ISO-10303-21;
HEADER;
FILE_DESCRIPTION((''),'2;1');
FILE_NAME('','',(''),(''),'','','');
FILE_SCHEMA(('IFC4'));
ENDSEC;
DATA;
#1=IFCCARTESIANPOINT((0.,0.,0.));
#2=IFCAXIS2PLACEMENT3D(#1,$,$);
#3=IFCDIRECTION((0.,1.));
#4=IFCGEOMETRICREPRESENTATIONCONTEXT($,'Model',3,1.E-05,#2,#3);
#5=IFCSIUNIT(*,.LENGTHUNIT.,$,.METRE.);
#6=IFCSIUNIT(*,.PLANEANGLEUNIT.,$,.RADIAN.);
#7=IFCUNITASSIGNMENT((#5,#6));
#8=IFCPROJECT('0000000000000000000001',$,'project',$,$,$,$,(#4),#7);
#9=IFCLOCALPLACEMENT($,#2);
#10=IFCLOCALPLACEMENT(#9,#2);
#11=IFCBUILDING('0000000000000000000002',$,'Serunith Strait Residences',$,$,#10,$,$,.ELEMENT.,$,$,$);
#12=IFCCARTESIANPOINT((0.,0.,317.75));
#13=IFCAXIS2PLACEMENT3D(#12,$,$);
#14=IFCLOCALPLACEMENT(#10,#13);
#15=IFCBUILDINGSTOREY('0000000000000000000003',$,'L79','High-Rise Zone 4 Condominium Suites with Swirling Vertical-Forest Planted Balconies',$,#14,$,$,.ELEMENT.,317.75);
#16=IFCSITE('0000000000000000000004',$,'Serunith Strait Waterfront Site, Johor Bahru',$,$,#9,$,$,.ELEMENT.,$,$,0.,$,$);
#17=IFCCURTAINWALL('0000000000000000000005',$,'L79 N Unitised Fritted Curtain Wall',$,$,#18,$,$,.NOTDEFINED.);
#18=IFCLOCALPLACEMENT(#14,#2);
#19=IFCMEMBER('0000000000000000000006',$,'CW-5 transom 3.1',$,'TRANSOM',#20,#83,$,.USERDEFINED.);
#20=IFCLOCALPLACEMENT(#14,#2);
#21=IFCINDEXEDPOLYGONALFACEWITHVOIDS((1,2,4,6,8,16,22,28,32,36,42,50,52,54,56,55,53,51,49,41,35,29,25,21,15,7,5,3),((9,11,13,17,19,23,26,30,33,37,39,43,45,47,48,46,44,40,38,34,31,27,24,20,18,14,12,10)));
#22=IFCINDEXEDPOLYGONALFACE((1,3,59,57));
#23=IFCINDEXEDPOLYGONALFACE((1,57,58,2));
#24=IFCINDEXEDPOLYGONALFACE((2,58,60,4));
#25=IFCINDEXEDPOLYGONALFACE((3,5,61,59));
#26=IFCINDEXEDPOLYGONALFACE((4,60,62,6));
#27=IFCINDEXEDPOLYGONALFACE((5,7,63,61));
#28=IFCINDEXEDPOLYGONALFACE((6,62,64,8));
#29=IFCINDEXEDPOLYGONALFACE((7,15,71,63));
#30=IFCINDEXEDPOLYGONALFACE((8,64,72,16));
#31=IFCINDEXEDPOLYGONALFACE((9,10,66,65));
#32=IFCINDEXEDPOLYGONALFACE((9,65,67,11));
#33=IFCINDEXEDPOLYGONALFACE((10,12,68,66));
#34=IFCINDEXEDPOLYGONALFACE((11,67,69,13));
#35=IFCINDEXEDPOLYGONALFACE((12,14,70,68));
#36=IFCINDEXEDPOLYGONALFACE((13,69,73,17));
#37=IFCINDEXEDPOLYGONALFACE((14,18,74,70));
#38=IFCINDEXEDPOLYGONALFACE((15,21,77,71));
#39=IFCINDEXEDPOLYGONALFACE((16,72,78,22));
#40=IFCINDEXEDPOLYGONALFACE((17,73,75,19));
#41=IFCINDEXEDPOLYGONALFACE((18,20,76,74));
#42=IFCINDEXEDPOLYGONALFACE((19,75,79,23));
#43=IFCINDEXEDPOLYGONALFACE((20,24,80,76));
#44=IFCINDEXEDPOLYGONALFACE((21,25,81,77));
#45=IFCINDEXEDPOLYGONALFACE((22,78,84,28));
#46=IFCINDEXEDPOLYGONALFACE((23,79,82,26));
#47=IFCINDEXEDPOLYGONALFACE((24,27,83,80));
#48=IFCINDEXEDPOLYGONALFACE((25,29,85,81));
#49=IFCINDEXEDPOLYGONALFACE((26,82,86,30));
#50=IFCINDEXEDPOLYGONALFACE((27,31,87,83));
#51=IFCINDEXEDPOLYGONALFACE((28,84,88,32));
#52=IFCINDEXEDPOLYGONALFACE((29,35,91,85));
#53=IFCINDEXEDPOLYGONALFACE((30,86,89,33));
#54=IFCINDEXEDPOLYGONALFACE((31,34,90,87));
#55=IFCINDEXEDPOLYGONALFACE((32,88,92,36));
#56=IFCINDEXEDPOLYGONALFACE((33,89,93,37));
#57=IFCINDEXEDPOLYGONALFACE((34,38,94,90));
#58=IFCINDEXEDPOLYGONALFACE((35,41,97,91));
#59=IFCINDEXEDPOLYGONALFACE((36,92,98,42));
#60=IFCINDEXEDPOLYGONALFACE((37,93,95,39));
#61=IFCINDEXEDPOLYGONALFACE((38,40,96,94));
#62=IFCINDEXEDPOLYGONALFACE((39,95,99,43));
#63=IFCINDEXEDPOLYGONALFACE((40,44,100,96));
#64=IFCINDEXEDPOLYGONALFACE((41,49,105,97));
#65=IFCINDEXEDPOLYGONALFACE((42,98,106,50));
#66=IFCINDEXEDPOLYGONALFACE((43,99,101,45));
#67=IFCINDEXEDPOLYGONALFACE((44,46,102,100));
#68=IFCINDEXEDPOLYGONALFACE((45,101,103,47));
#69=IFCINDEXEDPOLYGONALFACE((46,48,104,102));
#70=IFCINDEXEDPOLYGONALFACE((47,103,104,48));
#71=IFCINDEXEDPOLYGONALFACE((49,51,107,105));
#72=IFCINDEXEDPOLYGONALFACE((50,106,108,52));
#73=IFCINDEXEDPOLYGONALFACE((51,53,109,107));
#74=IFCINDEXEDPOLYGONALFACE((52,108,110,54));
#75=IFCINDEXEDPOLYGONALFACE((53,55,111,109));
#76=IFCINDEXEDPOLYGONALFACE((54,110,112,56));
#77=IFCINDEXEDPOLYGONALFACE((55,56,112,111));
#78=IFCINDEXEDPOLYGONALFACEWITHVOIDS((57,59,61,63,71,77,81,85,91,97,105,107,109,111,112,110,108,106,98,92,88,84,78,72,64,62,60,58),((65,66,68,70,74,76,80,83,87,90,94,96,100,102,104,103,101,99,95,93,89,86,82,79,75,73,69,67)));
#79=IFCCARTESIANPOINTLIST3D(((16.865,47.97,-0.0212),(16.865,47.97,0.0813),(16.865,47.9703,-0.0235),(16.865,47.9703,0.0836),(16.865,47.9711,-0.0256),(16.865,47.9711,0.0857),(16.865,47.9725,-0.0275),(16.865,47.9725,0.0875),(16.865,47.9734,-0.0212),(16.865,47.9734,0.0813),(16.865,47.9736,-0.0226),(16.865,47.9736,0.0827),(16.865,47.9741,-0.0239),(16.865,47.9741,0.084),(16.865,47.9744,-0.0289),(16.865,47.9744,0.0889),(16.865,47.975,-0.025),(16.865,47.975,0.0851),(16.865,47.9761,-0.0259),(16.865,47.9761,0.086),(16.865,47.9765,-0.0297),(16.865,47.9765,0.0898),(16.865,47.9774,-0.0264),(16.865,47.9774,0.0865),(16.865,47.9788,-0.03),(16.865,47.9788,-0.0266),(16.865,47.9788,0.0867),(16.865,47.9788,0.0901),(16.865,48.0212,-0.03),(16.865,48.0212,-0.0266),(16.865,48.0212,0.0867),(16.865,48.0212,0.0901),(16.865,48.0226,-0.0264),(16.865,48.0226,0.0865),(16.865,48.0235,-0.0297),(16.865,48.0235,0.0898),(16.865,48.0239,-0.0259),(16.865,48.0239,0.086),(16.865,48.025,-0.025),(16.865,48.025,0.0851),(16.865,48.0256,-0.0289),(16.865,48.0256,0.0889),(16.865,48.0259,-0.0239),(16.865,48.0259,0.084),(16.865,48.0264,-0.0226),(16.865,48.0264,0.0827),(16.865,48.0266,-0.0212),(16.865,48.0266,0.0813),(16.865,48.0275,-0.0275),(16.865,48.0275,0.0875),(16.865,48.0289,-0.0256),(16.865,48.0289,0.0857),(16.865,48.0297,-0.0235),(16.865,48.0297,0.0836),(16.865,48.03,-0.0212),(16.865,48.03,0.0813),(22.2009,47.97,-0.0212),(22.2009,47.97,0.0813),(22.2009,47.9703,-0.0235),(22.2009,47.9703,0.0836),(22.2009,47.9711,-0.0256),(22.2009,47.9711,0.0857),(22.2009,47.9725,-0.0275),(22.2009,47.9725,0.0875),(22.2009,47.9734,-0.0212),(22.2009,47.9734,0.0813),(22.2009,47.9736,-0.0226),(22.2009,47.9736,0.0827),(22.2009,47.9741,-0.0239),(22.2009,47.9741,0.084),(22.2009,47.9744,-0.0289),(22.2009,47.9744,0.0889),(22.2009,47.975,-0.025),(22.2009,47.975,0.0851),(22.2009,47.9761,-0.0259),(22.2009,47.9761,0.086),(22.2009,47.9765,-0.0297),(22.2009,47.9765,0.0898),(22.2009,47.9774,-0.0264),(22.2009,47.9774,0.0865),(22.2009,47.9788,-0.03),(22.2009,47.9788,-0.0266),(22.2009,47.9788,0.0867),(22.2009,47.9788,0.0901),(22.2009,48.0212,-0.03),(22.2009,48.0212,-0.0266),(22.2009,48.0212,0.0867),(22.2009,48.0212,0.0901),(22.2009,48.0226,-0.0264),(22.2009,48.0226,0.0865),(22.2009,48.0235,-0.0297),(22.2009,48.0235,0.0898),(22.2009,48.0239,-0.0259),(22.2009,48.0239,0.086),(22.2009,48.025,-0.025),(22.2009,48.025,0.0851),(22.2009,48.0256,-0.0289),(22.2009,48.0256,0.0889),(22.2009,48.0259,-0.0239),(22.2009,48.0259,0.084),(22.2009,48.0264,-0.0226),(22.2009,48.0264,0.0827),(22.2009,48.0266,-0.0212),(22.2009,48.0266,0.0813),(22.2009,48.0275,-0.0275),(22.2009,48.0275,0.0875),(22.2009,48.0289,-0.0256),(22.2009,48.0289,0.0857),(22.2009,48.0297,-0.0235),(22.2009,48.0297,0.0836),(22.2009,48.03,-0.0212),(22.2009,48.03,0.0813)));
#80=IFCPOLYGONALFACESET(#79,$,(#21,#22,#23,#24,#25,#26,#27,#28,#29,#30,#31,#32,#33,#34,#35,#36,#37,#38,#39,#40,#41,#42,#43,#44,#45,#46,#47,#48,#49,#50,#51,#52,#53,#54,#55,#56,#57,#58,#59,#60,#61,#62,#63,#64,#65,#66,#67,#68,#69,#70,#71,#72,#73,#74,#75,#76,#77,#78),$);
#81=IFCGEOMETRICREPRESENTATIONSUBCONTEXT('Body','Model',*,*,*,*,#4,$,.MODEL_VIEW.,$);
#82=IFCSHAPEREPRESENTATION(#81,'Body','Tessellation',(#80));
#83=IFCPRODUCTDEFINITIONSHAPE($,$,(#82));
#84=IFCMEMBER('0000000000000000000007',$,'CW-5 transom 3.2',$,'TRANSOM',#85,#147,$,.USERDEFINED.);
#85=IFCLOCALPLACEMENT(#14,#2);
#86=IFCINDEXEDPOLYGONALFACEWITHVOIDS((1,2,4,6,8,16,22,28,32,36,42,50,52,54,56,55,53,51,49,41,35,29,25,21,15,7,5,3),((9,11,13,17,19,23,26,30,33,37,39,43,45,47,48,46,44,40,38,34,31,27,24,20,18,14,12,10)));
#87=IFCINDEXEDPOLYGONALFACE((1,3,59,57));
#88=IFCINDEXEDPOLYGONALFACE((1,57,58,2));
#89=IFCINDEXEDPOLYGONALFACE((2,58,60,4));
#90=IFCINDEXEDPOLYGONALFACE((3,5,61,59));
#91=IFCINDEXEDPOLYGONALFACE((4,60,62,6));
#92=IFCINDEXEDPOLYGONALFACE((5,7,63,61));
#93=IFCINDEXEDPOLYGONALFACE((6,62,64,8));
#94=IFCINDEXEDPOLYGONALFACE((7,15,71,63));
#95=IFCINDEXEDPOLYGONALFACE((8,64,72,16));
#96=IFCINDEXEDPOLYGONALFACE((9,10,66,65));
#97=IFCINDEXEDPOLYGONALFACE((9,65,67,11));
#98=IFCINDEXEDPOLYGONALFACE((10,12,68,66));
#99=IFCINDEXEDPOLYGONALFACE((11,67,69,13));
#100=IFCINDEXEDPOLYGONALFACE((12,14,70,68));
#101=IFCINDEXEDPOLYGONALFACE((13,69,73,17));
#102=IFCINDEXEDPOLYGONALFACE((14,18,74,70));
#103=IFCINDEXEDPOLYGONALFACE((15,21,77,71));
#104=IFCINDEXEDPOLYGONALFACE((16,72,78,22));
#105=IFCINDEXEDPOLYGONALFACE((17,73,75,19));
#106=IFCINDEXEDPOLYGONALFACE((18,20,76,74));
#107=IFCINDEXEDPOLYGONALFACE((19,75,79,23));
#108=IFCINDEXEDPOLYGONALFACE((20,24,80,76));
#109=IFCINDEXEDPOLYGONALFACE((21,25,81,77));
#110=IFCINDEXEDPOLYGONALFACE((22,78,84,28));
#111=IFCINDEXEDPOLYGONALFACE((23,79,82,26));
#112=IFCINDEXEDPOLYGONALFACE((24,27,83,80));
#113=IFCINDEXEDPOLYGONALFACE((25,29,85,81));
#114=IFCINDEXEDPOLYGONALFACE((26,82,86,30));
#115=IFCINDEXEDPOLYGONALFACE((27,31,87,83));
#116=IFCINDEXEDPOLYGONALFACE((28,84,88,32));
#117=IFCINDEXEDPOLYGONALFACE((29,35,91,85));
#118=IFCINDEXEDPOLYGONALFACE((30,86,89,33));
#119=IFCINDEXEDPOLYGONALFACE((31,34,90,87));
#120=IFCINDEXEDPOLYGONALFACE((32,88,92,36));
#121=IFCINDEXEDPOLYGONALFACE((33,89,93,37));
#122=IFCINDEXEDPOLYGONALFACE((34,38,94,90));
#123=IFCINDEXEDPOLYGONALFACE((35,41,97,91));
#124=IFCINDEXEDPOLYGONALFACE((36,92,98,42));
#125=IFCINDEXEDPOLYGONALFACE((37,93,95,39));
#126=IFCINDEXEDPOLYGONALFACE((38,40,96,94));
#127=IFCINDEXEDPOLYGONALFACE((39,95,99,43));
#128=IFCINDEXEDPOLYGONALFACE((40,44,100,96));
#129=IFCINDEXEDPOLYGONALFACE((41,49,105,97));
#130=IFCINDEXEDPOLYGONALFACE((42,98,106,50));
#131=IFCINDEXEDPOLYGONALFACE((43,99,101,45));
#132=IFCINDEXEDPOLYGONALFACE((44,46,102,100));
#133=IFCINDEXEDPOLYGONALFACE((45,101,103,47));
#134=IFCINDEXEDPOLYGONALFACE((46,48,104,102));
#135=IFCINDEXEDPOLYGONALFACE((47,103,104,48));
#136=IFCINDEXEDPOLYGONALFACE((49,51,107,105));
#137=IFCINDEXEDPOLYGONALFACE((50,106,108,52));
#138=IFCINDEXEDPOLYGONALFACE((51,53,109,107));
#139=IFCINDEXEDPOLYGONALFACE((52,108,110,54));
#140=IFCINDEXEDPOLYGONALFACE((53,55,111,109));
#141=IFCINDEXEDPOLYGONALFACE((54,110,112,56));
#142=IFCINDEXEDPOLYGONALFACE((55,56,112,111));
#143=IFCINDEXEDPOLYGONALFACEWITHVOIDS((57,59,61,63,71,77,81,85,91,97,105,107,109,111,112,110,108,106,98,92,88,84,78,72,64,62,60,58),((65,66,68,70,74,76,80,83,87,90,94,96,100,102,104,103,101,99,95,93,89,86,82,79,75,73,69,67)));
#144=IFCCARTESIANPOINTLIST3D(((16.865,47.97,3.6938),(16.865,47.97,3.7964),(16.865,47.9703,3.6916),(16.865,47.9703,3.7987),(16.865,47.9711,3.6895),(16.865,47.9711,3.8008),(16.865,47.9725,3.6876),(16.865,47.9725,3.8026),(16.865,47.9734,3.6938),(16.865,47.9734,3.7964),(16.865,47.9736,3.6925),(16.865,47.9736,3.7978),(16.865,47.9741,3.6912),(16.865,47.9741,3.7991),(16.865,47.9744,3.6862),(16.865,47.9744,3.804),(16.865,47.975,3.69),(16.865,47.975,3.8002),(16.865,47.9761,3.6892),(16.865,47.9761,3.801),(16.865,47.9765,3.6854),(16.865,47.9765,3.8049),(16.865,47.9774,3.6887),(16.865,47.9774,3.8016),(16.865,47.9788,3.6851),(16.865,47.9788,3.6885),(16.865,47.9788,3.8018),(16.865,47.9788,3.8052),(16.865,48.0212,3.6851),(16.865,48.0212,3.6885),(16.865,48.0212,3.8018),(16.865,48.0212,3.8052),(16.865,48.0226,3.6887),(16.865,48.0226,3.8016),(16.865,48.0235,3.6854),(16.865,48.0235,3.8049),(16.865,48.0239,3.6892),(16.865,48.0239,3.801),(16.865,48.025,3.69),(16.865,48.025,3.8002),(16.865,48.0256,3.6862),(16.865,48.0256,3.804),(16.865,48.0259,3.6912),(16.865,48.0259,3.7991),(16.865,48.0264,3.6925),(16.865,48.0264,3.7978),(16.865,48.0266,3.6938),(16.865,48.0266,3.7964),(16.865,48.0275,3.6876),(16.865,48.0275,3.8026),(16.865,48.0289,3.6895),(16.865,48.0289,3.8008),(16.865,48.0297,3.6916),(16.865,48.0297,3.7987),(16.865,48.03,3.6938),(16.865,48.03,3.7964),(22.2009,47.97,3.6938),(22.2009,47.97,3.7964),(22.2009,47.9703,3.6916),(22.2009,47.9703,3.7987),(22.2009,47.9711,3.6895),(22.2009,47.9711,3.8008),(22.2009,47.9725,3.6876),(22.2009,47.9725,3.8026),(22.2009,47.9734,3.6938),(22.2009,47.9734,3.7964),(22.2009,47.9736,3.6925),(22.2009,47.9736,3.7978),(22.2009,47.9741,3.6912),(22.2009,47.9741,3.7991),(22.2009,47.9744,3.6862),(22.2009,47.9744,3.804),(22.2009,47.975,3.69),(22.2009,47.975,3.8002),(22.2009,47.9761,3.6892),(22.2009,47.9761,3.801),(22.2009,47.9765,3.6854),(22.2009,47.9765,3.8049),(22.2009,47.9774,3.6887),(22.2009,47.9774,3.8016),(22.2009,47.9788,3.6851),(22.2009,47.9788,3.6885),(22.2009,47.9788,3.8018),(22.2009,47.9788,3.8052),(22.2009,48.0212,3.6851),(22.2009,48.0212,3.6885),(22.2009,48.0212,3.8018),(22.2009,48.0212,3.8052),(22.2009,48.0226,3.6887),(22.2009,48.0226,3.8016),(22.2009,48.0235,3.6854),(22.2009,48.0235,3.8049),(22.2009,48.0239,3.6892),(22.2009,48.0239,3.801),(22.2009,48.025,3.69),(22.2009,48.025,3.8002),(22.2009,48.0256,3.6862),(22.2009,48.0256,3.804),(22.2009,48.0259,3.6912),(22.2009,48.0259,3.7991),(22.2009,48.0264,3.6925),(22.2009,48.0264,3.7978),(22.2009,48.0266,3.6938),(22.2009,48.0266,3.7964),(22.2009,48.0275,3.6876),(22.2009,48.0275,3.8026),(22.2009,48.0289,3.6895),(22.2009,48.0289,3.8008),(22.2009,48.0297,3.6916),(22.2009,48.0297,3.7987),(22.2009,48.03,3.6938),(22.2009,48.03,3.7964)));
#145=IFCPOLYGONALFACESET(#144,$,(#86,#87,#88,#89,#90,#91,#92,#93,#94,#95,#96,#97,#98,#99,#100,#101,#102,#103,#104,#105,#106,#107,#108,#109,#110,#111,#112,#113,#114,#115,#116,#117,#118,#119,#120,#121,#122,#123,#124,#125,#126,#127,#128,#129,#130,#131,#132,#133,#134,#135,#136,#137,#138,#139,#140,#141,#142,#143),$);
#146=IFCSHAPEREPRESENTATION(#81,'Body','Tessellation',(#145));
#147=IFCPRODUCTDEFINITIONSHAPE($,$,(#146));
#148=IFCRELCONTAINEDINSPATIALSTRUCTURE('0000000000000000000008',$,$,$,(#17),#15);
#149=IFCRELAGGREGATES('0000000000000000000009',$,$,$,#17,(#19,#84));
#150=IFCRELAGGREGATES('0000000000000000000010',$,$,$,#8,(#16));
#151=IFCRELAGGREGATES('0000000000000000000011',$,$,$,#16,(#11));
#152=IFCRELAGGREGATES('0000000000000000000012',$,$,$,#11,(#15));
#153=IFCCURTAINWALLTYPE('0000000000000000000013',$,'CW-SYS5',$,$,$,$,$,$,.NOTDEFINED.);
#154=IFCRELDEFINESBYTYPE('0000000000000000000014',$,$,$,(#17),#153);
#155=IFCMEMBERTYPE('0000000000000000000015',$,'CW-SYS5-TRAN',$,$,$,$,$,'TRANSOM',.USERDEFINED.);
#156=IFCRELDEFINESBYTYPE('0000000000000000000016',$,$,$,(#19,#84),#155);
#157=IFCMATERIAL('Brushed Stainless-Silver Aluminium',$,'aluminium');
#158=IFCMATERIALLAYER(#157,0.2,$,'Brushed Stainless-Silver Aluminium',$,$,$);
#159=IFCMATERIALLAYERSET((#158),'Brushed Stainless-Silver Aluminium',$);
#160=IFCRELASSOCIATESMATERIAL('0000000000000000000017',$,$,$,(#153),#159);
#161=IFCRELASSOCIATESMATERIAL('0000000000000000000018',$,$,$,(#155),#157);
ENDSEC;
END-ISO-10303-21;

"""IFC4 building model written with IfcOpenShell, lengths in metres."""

from ifc_helpers import new_model, si_unit, direction, frame, origin, origin_2d, place, context, subcontext, project, spatial, hollow_rectangle, extrude, source, transform, mapped, material, layer, layer_set, material_profile, profile_set, type_object, element, aggregate, save


model = new_model("IFC4")

# Units and contexts
model_context = context("Model", 3, precision=1e-05, world=origin(), true_north=direction((0.0, 1.0)))
body_context = subcontext(model_context, "Body", "Model", "MODEL_VIEW")
ifc_project = project(units=[si_unit("LENGTHUNIT", "METRE"), si_unit("PLANEANGLEUNIT", "RADIAN")], contexts=[model_context])

# Site, building, storey
site_placement = place(None, origin())
site = spatial("IfcSite", under=ifc_project, at=site_placement, Name="Serunith Strait Waterfront Site, Johor Bahru", CompositionType="ELEMENT", RefElevation=0.0)
building_placement = place(site_placement, origin())
building = spatial("IfcBuilding", under=site, at=building_placement, Name="Serunith Strait Residences", CompositionType="ELEMENT")
storey_placement = place(building_placement, frame((0.0, 0.0, 317.75)))
storey = spatial("IfcBuildingStorey", under=building, at=storey_placement, Name="L79", Description="High-Rise Zone 4 Condominium Suites with Swirling Vertical-Forest Planted Balconies", CompositionType="ELEMENT", Elevation=317.75)

# Curtain wall, members
ifc_material_1 = material(Name="Brushed Stainless-Silver Aluminium", Category="aluminium")
ifc_layer_1 = layer(ifc_material_1, 0.2, Name="Brushed Stainless-Silver Aluminium")
ifc_layer_set_1 = layer_set([ifc_layer_1], Name="Brushed Stainless-Silver Aluminium")
curtain_wall_type = type_object("IfcCurtainWallType", Name="CW-SYS5", PredefinedType="NOTDEFINED", material=ifc_layer_set_1)
curtain_wall_placement = place(storey_placement, origin())
curtain_wall = element("IfcCurtainWall", 1, at=curtain_wall_placement, inside=storey, type_object=curtain_wall_type, Name="L79 N Unitised Fritted Curtain Wall", PredefinedType="NOTDEFINED")
ifc_material_profile_1 = material_profile(ifc_material_1, hollow_rectangle(XDim=0.0601, YDim=0.1201, WallThickness=0.0034, InnerFilletRadius=0.0054, OuterFilletRadius=0.0088, at=origin_2d()), Name="ALU 120x60x3.5")
ifc_profile_set_1 = profile_set([ifc_material_profile_1], Name="Brushed Stainless-Silver Aluminium")
member_type_1 = type_object("IfcMemberType", Name="CW-SYS5-TRAN", ElementType="TRANSOM", PredefinedType="USERDEFINED", material=ifc_profile_set_1)
shared_shape_1 = source(origin(), body_context, "Body", "SweptSolid", [
    extrude(hollow_rectangle(XDim=0.0601, YDim=0.1201, WallThickness=0.0034, InnerFilletRadius=0.0054, OuterFilletRadius=0.0088, at=origin_2d()), origin(), (0.0, 0.0, 1.0), 5.3359),
])
member_1_placement = place(storey_placement, frame((22.2009, 48.0, 0.03), z_axis=(-1.0, 0.0, 0.0), x_axis=(0.0, -1.0, 0.0)))
member_1 = element("IfcMember", 2, at=member_1_placement, type_object=member_type_1, Name="CW-5 transom 3.1", ObjectType="TRANSOM", PredefinedType="USERDEFINED", context=body_context, shape_type="MappedRepresentation", body=[
    mapped(shared_shape_1, transform((0.0, 0.0, 0.0), scale=1.0)),
])
member_2_placement = place(storey_placement, frame((22.2009, 48.0, 3.7451), z_axis=(-1.0, 0.0, 0.0), x_axis=(0.0, -1.0, 0.0)))
member_2 = element("IfcMember", 3, at=member_2_placement, type_object=member_type_1, Name="CW-5 transom 3.2", ObjectType="TRANSOM", PredefinedType="USERDEFINED", context=body_context, shape_type="MappedRepresentation", body=[
    mapped(shared_shape_1, transform((0.0, 0.0, 0.0), scale=1.0)),
])
aggregate(curtain_wall, [member_1, member_2])

save(model, "model.ifc")
